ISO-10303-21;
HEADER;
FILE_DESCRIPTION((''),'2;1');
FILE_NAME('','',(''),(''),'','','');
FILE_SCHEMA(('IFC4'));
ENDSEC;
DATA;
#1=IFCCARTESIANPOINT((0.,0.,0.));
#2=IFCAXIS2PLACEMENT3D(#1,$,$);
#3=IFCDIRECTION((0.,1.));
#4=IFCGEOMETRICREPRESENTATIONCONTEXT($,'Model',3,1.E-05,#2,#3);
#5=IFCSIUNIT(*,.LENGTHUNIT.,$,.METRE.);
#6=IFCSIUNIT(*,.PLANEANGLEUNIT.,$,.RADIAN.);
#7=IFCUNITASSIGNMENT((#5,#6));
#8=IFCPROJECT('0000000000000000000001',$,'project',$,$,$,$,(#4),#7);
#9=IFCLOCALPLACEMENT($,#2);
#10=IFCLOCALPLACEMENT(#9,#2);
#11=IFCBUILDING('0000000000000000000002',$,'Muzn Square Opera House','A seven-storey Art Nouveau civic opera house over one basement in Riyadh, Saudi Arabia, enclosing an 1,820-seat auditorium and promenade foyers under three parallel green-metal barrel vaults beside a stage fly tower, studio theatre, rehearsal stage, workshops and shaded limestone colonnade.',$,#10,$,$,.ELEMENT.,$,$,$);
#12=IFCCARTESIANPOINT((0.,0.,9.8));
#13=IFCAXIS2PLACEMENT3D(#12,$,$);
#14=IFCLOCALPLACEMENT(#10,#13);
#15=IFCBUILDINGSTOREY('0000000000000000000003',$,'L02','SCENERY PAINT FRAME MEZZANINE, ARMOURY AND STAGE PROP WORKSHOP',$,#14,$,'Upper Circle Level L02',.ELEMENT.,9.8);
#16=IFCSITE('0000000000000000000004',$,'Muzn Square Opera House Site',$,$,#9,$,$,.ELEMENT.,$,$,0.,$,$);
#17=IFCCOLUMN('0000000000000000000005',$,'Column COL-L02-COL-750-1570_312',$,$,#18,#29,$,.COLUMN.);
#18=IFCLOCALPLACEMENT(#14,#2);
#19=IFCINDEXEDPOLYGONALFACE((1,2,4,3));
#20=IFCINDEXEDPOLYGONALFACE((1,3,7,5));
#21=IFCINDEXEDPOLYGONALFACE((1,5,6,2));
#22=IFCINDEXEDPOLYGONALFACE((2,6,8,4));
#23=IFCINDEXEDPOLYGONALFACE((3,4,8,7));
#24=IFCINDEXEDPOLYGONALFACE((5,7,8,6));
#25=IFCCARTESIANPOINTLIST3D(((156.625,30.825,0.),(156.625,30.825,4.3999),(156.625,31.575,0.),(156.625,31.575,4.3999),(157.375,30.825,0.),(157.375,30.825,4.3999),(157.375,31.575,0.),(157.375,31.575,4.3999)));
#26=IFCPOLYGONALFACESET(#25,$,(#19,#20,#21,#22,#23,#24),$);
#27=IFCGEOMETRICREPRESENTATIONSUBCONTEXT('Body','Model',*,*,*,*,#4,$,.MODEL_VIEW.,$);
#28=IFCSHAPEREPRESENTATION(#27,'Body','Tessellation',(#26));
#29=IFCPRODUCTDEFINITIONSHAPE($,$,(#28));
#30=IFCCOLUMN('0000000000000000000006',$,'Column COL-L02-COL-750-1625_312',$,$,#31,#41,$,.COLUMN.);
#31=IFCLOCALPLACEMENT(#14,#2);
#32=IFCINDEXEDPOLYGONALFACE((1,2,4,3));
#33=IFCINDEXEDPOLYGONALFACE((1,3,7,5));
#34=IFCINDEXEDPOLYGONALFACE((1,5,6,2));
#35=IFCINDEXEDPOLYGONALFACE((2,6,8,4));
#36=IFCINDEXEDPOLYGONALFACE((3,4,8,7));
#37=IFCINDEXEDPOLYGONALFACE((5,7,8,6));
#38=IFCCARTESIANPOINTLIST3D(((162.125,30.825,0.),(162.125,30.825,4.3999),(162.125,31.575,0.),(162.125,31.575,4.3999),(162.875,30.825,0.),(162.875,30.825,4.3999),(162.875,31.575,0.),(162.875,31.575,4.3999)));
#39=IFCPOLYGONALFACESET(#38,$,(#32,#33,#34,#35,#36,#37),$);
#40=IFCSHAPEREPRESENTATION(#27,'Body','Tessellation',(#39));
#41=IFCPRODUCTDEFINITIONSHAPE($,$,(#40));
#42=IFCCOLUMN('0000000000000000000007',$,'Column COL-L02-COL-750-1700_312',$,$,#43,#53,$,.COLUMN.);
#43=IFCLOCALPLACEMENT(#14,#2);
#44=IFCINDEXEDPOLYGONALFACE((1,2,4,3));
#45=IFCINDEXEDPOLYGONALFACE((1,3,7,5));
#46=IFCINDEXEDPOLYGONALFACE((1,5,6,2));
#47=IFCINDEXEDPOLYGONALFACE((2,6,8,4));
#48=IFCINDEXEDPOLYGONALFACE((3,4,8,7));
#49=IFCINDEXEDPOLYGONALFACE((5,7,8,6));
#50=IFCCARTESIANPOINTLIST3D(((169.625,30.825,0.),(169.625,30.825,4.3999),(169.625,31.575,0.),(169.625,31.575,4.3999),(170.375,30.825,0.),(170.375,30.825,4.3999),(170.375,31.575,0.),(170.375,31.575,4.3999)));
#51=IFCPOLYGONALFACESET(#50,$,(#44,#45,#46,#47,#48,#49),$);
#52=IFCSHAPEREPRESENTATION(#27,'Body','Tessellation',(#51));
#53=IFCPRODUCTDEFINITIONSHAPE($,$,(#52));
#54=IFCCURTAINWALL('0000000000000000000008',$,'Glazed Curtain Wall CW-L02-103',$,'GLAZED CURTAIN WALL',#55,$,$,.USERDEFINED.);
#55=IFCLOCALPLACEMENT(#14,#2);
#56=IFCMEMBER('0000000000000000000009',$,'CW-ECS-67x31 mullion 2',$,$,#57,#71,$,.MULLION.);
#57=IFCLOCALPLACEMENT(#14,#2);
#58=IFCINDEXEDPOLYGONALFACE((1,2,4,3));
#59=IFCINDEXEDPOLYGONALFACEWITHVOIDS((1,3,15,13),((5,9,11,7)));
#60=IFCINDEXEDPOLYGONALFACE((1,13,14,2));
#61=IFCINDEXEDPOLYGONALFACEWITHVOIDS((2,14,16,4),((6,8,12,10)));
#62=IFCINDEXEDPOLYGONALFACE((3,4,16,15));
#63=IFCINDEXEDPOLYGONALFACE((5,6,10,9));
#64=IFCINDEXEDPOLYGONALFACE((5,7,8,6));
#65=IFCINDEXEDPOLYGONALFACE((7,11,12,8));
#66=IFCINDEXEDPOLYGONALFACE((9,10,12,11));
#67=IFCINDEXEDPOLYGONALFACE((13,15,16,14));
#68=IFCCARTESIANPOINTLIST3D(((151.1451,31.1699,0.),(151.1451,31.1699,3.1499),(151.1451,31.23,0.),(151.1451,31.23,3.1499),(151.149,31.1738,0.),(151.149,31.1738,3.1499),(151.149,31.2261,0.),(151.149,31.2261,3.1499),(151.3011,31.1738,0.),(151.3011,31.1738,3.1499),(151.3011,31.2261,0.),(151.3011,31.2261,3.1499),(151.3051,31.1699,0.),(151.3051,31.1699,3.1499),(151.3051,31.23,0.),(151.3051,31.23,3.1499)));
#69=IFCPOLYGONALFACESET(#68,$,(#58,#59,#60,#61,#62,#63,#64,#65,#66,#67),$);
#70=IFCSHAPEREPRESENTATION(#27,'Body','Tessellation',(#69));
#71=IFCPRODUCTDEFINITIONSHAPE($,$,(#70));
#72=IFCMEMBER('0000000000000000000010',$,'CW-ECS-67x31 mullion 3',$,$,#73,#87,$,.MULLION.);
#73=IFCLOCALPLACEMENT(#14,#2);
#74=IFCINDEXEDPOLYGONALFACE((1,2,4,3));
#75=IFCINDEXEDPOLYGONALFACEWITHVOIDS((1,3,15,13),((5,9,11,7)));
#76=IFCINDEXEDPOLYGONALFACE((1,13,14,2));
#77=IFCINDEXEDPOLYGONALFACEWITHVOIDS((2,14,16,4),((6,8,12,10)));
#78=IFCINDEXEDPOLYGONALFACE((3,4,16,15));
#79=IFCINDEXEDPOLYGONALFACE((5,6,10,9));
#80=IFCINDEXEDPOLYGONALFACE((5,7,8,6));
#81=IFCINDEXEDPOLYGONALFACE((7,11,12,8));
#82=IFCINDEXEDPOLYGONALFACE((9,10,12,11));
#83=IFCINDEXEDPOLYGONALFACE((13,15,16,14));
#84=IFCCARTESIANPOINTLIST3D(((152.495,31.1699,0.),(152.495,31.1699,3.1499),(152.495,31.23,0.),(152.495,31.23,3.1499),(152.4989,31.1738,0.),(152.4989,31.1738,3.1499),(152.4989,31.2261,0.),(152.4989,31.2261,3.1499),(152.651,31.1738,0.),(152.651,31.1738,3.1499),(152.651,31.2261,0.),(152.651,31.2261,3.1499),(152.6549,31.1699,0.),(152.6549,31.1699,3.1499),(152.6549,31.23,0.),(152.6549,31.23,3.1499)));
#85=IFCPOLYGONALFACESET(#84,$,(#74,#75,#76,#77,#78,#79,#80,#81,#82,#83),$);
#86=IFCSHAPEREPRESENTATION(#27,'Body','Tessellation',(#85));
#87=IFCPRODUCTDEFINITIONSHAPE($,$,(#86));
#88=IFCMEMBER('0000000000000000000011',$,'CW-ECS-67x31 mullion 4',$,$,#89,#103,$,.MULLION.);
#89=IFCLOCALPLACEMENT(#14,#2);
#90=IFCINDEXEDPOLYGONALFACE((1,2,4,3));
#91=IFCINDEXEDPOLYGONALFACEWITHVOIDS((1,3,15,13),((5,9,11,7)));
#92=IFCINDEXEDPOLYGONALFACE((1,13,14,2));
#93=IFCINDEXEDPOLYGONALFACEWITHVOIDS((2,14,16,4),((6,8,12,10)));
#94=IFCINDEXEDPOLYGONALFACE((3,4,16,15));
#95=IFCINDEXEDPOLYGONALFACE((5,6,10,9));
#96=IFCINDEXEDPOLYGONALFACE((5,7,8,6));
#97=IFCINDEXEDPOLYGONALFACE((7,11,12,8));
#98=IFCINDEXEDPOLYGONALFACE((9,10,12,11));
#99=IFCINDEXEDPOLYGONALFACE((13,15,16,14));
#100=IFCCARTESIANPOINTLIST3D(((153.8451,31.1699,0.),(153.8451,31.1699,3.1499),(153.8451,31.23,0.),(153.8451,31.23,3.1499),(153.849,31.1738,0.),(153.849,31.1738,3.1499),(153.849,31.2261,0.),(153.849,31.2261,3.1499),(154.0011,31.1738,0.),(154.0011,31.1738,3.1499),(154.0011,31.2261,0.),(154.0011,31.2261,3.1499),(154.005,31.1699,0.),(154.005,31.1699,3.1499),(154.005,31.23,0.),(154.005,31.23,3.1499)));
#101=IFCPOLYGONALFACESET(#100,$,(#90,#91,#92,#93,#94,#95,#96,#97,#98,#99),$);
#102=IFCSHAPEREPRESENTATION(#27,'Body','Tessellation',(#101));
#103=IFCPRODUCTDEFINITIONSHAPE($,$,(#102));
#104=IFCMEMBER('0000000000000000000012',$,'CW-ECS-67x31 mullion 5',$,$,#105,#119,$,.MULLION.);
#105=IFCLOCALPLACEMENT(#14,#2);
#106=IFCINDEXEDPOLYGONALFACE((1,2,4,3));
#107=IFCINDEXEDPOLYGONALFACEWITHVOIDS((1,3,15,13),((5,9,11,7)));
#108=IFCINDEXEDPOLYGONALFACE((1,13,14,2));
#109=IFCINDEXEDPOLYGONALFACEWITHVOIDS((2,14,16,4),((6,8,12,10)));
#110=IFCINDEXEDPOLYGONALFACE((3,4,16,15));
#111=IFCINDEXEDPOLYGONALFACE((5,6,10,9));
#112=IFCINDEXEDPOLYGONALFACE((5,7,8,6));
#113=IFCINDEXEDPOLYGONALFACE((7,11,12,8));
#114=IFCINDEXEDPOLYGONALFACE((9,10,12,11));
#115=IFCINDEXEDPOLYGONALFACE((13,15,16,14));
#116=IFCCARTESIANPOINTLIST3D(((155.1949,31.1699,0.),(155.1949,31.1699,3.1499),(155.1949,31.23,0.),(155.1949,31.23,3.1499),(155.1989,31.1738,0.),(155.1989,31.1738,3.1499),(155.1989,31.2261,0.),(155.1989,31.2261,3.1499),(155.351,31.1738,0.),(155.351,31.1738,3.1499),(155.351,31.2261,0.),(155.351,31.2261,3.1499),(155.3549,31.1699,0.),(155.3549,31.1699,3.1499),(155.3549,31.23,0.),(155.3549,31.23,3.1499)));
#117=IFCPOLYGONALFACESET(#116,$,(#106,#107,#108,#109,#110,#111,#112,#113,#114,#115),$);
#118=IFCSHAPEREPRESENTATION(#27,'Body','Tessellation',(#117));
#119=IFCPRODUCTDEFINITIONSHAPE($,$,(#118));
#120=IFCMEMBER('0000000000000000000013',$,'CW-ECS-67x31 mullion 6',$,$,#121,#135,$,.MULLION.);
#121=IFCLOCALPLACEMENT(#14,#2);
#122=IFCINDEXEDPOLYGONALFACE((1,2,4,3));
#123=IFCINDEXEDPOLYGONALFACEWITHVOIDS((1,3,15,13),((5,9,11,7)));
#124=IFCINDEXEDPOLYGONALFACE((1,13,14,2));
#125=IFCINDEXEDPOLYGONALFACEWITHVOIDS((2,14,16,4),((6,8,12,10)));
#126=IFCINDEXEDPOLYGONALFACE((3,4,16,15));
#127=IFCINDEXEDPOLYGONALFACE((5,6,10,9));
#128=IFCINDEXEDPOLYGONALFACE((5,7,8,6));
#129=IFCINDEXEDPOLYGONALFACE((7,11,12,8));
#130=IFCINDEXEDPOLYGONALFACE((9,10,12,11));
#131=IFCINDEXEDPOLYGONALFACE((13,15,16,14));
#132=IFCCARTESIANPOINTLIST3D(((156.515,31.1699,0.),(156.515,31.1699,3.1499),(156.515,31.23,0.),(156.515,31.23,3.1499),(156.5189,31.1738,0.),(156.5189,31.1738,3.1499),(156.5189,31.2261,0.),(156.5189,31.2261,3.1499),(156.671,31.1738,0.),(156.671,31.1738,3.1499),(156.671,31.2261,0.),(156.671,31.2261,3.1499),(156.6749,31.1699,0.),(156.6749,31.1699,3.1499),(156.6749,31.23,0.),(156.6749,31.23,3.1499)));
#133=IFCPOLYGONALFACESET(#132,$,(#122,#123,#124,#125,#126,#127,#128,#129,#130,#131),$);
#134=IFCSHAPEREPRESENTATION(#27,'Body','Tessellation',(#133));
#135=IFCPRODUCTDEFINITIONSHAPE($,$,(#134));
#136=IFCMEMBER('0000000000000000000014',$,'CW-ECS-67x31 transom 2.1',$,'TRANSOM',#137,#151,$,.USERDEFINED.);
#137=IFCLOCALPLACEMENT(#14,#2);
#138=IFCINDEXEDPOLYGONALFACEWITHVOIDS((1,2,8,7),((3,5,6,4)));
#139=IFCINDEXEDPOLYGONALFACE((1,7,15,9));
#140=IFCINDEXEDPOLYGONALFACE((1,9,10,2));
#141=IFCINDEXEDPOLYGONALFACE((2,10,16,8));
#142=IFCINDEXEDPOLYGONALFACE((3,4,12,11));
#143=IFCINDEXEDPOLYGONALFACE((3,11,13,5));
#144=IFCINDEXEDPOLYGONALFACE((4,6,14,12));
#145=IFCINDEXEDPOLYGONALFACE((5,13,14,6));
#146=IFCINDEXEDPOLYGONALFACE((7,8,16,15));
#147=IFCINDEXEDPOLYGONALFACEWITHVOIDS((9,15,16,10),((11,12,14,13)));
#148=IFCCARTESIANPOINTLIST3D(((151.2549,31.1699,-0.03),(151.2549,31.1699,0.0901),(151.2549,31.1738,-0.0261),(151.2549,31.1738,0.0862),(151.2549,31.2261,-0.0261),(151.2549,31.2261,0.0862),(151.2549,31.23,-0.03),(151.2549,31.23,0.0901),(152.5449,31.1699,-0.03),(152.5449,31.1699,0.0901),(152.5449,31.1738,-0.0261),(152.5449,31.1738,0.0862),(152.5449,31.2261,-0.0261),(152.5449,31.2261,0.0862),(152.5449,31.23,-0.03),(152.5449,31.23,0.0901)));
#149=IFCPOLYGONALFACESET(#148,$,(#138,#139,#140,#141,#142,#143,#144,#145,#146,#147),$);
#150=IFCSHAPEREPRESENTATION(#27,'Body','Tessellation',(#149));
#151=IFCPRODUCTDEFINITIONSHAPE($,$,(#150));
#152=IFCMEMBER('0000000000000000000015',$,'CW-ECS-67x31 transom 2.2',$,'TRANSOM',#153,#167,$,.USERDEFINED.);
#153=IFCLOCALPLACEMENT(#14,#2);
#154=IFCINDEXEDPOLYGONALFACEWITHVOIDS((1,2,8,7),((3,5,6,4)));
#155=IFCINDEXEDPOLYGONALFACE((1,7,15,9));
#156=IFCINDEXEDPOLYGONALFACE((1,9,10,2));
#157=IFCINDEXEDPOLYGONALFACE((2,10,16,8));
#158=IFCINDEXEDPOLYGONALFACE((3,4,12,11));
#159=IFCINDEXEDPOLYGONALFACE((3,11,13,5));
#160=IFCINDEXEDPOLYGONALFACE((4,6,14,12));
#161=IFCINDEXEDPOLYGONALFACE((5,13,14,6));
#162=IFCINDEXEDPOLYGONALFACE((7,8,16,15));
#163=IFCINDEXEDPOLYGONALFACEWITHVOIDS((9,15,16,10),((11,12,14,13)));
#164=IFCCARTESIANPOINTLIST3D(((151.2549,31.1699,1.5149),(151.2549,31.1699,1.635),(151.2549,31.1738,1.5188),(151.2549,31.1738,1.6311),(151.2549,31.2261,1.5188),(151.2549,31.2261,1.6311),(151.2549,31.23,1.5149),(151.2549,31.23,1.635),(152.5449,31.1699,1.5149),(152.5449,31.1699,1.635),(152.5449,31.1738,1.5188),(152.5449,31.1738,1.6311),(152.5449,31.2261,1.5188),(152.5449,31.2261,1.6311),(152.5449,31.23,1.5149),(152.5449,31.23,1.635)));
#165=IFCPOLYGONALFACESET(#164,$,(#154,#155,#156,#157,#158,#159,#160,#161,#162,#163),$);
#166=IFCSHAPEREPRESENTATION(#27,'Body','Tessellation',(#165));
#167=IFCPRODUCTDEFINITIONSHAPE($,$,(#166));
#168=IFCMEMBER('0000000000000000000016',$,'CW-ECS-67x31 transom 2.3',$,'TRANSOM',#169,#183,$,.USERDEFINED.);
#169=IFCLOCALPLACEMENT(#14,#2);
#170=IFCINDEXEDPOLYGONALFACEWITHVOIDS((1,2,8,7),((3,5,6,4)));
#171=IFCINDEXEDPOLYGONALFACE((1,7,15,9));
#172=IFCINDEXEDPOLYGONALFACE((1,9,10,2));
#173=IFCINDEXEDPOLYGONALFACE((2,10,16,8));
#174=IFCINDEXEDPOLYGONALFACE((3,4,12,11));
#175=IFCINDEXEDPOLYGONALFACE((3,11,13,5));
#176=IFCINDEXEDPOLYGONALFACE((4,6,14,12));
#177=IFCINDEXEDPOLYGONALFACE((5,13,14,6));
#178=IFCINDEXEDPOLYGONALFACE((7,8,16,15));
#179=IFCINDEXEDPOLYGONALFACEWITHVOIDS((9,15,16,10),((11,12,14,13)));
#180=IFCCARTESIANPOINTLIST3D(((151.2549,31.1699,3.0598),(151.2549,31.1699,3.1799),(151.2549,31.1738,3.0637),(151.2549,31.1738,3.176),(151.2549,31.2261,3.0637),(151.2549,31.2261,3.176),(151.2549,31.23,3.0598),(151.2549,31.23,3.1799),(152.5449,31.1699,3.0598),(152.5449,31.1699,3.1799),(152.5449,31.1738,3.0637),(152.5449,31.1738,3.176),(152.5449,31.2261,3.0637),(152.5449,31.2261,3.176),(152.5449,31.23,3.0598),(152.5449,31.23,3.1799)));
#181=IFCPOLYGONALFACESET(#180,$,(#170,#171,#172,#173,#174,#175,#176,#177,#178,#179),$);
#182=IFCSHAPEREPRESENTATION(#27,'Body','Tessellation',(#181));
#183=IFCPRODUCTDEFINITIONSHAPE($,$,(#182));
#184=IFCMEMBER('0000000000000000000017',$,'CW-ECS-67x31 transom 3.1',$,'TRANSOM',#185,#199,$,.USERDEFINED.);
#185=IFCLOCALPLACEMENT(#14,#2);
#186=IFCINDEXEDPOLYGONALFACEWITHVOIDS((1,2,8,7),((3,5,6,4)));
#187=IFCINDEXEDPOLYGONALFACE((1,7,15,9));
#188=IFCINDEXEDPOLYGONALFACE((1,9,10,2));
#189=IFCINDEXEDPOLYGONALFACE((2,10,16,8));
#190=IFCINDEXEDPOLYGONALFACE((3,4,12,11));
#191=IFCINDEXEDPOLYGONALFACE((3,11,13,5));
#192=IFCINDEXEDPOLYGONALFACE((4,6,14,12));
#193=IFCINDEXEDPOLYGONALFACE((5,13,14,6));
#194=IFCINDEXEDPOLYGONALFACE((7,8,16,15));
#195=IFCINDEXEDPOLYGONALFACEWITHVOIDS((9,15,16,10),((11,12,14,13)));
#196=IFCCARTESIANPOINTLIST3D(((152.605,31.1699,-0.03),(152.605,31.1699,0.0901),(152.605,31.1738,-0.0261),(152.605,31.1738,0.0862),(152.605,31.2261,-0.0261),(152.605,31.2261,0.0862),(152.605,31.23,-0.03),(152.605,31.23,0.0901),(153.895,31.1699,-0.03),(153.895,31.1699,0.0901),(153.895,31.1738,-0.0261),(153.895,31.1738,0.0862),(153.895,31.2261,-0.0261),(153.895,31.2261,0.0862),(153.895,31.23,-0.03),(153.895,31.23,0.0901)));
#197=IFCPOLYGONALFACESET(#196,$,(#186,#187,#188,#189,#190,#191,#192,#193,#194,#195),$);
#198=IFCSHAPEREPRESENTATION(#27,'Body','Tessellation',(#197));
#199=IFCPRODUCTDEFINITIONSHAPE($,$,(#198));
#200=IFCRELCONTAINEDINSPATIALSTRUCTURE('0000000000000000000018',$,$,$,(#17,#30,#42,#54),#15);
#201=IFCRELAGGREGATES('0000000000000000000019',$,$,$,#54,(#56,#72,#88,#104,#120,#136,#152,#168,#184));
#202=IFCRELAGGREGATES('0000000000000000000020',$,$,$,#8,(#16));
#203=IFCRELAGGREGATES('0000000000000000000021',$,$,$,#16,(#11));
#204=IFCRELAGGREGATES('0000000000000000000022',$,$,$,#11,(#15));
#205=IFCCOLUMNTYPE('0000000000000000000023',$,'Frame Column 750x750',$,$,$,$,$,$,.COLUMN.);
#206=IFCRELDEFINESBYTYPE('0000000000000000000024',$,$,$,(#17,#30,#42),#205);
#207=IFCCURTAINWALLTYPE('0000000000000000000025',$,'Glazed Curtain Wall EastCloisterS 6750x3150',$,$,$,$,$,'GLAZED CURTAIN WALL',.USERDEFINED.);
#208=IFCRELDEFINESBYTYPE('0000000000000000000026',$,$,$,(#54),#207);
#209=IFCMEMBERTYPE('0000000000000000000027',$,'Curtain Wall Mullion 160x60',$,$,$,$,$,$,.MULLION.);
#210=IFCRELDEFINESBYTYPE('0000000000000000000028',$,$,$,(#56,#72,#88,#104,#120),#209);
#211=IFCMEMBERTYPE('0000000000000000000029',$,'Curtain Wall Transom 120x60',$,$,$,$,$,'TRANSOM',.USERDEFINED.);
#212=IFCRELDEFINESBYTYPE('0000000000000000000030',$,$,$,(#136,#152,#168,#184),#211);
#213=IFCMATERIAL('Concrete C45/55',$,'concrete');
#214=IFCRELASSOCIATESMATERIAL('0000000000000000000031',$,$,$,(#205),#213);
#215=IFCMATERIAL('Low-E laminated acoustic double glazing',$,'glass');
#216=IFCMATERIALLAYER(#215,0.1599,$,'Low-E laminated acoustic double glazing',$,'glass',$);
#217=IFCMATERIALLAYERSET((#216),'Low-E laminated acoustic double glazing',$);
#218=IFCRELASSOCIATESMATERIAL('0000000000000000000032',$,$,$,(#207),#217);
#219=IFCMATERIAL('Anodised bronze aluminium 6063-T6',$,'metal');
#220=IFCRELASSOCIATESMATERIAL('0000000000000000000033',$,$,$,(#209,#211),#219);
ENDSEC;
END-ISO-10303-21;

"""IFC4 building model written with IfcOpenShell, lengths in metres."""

from ifc_helpers import new_model, si_unit, direction, frame, origin, origin_2d, place, context, subcontext, project, spatial, rectangle, hollow_rectangle, extrude, material, layer, layer_set, material_profile, profile_set, type_object, element, aggregate, save


model = new_model("IFC4")

# Units and contexts
model_context = context("Model", 3, precision=1e-05, world=origin(), true_north=direction((0.0, 1.0)))
body_context = subcontext(model_context, "Body", "Model", "MODEL_VIEW")
ifc_project = project(units=[si_unit("LENGTHUNIT", "METRE"), si_unit("PLANEANGLEUNIT", "RADIAN")], contexts=[model_context])

# Site, building, storey
site_placement = place(None, origin())
site = spatial("IfcSite", under=ifc_project, at=site_placement, Name="Muzn Square Opera House Site", CompositionType="ELEMENT", RefElevation=0.0)
building_placement = place(site_placement, origin())
building = spatial("IfcBuilding", under=site, at=building_placement, Name="Muzn Square Opera House", Description="A seven-storey Art Nouveau civic opera house over one basement in Riyadh, Saudi Arabia, enclosing an 1,820-seat auditorium and promenade foyers under three parallel green-metal barrel vaults beside a stage fly tower, studio theatre, rehearsal stage, workshops and shaded limestone colonnade.", CompositionType="ELEMENT")
storey_placement = place(building_placement, frame((0.0, 0.0, 9.8)))
storey = spatial("IfcBuildingStorey", under=building, at=storey_placement, Name="L02", Description="SCENERY PAINT FRAME MEZZANINE, ARMOURY AND STAGE PROP WORKSHOP", LongName="Upper Circle Level L02", CompositionType="ELEMENT", Elevation=9.8)

# Columns
ifc_material_1 = material(Name="Concrete C45/55", Category="concrete")
ifc_material_profile_1 = material_profile(ifc_material_1, rectangle(XDim=0.75, YDim=0.75, at=origin_2d()), Name="RC 750x750", Category="concrete")
ifc_profile_set_1 = profile_set([ifc_material_profile_1], Name="Concrete C45/55")
column_type = type_object("IfcColumnType", Name="Frame Column 750x750", PredefinedType="COLUMN", material=ifc_profile_set_1)
for number, where, z_axis, x_axis, name in (
    (1, (157.0, 31.2, 0.0), (0.0, 0.0, 1.0), (1.0, 0.0, 0.0), "Column COL-L02-COL-750-1570_312"),
    (2, (162.5, 31.2, 0.0), (0.0, 0.0, 1.0), (1.0, 0.0, 0.0), "Column COL-L02-COL-750-1625_312"),
    (3, (170.0, 31.2, 0.0), (0.0, 0.0, 1.0), (1.0, 0.0, 0.0), "Column COL-L02-COL-750-1700_312"),
):
    element("IfcColumn", number, at=place(storey_placement, frame(where, z_axis=z_axis, x_axis=x_axis)), inside=storey, type_object=column_type, Name=name, PredefinedType="COLUMN", context=body_context, shape_type="SweptSolid", body=[
        extrude(rectangle(XDim=0.75, YDim=0.75, at=origin_2d()), origin(), (0.0, 0.0, 1.0), 4.3999),
    ])

# Curtain wall, members
ifc_material_2 = material(Name="Low-E laminated acoustic double glazing", Category="glass")
ifc_layer_1 = layer(ifc_material_2, 0.1599, Name="Low-E laminated acoustic double glazing", Category="glass")
ifc_layer_set_1 = layer_set([ifc_layer_1], Name="Low-E laminated acoustic double glazing")
curtain_wall_type = type_object("IfcCurtainWallType", Name="Glazed Curtain Wall EastCloisterS 6750x3150", ElementType="GLAZED CURTAIN WALL", PredefinedType="USERDEFINED", material=ifc_layer_set_1)
curtain_wall_placement = place(storey_placement, origin())
curtain_wall = element("IfcCurtainWall", 4, at=curtain_wall_placement, inside=storey, type_object=curtain_wall_type, Name="Glazed Curtain Wall CW-L02-103", ObjectType="GLAZED CURTAIN WALL", PredefinedType="USERDEFINED")
ifc_material_3 = material(Name="Anodised bronze aluminium 6063-T6", Category="metal")
ifc_material_profile_2 = material_profile(ifc_material_3, hollow_rectangle(XDim=0.0601, YDim=0.1599, WallThickness=0.0039, at=origin_2d()), Name="ALU 160x60x4", Category="metal")
ifc_profile_set_2 = profile_set([ifc_material_profile_2], Name="Anodised bronze aluminium 6063-T6")
member_type_1 = type_object("IfcMemberType", Name="Curtain Wall Mullion 160x60", PredefinedType="MULLION", material=ifc_profile_set_2)
member_1_placement = place(storey_placement, frame((151.2251, 31.2, 0.0), z_axis=(0.0, 0.0, 1.0), x_axis=(0.0, 1.0, 0.0)))
member_1 = element("IfcMember", 5, at=member_1_placement, type_object=member_type_1, Name="CW-ECS-67x31 mullion 2", PredefinedType="MULLION", context=body_context, shape_type="SweptSolid", body=[
    extrude(hollow_rectangle(XDim=0.0601, YDim=0.1599, WallThickness=0.0039, at=origin_2d()), origin(), (0.0, 0.0, 1.0), 3.1499),
])
member_2_placement = place(storey_placement, frame((152.575, 31.2, 0.0), z_axis=(0.0, 0.0, 1.0), x_axis=(0.0, 1.0, 0.0)))
member_2 = element("IfcMember", 6, at=member_2_placement, type_object=member_type_1, Name="CW-ECS-67x31 mullion 3", PredefinedType="MULLION", context=body_context, shape_type="SweptSolid", body=[
    extrude(hollow_rectangle(XDim=0.0601, YDim=0.1599, WallThickness=0.0039, at=origin_2d()), origin(), (0.0, 0.0, 1.0), 3.1499),
])
member_3_placement = place(storey_placement, frame((153.925, 31.2, 0.0), z_axis=(0.0, 0.0, 1.0), x_axis=(0.0, 1.0, 0.0)))
member_3 = element("IfcMember", 7, at=member_3_placement, type_object=member_type_1, Name="CW-ECS-67x31 mullion 4", PredefinedType="MULLION", context=body_context, shape_type="SweptSolid", body=[
    extrude(hollow_rectangle(XDim=0.0601, YDim=0.1599, WallThickness=0.0039, at=origin_2d()), origin(), (0.0, 0.0, 1.0), 3.1499),
])
member_4_placement = place(storey_placement, frame((155.2749, 31.2, 0.0), z_axis=(0.0, 0.0, 1.0), x_axis=(0.0, 1.0, 0.0)))
member_4 = element("IfcMember", 8, at=member_4_placement, type_object=member_type_1, Name="CW-ECS-67x31 mullion 5", PredefinedType="MULLION", context=body_context, shape_type="SweptSolid", body=[
    extrude(hollow_rectangle(XDim=0.0601, YDim=0.1599, WallThickness=0.0039, at=origin_2d()), origin(), (0.0, 0.0, 1.0), 3.1499),
])
member_5_placement = place(storey_placement, frame((156.595, 31.2, 0.0), z_axis=(0.0, 0.0, 1.0), x_axis=(0.0, 1.0, 0.0)))
member_5 = element("IfcMember", 9, at=member_5_placement, type_object=member_type_1, Name="CW-ECS-67x31 mullion 6", PredefinedType="MULLION", context=body_context, shape_type="SweptSolid", body=[
    extrude(hollow_rectangle(XDim=0.0601, YDim=0.1599, WallThickness=0.0039, at=origin_2d()), origin(), (0.0, 0.0, 1.0), 3.1499),
])
ifc_material_profile_3 = material_profile(ifc_material_3, hollow_rectangle(XDim=0.0601, YDim=0.1201, WallThickness=0.0039, at=origin_2d()), Name="ALU 120x60x4", Category="metal")
ifc_profile_set_3 = profile_set([ifc_material_profile_3], Name="Anodised bronze aluminium 6063-T6")
member_type_2 = type_object("IfcMemberType", Name="Curtain Wall Transom 120x60", ElementType="TRANSOM", PredefinedType="USERDEFINED", material=ifc_profile_set_3)
member_6_placement = place(storey_placement, frame((151.2549, 31.2, 0.03), z_axis=(1.0, 0.0, 0.0), x_axis=(0.0, 1.0, 0.0)))
member_6 = element("IfcMember", 10, at=member_6_placement, type_object=member_type_2, Name="CW-ECS-67x31 transom 2.1", ObjectType="TRANSOM", PredefinedType="USERDEFINED", context=body_context, shape_type="SweptSolid", body=[
    extrude(hollow_rectangle(XDim=0.0601, YDim=0.1201, WallThickness=0.0039, at=origin_2d()), origin(), (0.0, 0.0, 1.0), 1.29),
])
member_7_placement = place(storey_placement, frame((151.2549, 31.2, 1.575), z_axis=(1.0, 0.0, 0.0), x_axis=(0.0, 1.0, 0.0)))
member_7 = element("IfcMember", 11, at=member_7_placement, type_object=member_type_2, Name="CW-ECS-67x31 transom 2.2", ObjectType="TRANSOM", PredefinedType="USERDEFINED", context=body_context, shape_type="SweptSolid", body=[
    extrude(hollow_rectangle(XDim=0.0601, YDim=0.1201, WallThickness=0.0039, at=origin_2d()), origin(), (0.0, 0.0, 1.0), 1.29),
])
member_8_placement = place(storey_placement, frame((151.2549, 31.2, 3.1199), z_axis=(1.0, 0.0, 0.0), x_axis=(0.0, 1.0, 0.0)))
member_8 = element("IfcMember", 12, at=member_8_placement, type_object=member_type_2, Name="CW-ECS-67x31 transom 2.3", ObjectType="TRANSOM", PredefinedType="USERDEFINED", context=body_context, shape_type="SweptSolid", body=[
    extrude(hollow_rectangle(XDim=0.0601, YDim=0.1201, WallThickness=0.0039, at=origin_2d()), origin(), (0.0, 0.0, 1.0), 1.29),
])
member_9_placement = place(storey_placement, frame((152.605, 31.2, 0.03), z_axis=(1.0, 0.0, 0.0), x_axis=(0.0, 1.0, 0.0)))
member_9 = element("IfcMember", 13, at=member_9_placement, type_object=member_type_2, Name="CW-ECS-67x31 transom 3.1", ObjectType="TRANSOM", PredefinedType="USERDEFINED", context=body_context, shape_type="SweptSolid", body=[
    extrude(hollow_rectangle(XDim=0.0601, YDim=0.1201, WallThickness=0.0039, at=origin_2d()), origin(), (0.0, 0.0, 1.0), 1.29),
])

aggregate(curtain_wall, [member_1, member_2, member_3, member_4, member_5, member_6, member_7, member_8, member_9])

save(model, "model.ifc")
